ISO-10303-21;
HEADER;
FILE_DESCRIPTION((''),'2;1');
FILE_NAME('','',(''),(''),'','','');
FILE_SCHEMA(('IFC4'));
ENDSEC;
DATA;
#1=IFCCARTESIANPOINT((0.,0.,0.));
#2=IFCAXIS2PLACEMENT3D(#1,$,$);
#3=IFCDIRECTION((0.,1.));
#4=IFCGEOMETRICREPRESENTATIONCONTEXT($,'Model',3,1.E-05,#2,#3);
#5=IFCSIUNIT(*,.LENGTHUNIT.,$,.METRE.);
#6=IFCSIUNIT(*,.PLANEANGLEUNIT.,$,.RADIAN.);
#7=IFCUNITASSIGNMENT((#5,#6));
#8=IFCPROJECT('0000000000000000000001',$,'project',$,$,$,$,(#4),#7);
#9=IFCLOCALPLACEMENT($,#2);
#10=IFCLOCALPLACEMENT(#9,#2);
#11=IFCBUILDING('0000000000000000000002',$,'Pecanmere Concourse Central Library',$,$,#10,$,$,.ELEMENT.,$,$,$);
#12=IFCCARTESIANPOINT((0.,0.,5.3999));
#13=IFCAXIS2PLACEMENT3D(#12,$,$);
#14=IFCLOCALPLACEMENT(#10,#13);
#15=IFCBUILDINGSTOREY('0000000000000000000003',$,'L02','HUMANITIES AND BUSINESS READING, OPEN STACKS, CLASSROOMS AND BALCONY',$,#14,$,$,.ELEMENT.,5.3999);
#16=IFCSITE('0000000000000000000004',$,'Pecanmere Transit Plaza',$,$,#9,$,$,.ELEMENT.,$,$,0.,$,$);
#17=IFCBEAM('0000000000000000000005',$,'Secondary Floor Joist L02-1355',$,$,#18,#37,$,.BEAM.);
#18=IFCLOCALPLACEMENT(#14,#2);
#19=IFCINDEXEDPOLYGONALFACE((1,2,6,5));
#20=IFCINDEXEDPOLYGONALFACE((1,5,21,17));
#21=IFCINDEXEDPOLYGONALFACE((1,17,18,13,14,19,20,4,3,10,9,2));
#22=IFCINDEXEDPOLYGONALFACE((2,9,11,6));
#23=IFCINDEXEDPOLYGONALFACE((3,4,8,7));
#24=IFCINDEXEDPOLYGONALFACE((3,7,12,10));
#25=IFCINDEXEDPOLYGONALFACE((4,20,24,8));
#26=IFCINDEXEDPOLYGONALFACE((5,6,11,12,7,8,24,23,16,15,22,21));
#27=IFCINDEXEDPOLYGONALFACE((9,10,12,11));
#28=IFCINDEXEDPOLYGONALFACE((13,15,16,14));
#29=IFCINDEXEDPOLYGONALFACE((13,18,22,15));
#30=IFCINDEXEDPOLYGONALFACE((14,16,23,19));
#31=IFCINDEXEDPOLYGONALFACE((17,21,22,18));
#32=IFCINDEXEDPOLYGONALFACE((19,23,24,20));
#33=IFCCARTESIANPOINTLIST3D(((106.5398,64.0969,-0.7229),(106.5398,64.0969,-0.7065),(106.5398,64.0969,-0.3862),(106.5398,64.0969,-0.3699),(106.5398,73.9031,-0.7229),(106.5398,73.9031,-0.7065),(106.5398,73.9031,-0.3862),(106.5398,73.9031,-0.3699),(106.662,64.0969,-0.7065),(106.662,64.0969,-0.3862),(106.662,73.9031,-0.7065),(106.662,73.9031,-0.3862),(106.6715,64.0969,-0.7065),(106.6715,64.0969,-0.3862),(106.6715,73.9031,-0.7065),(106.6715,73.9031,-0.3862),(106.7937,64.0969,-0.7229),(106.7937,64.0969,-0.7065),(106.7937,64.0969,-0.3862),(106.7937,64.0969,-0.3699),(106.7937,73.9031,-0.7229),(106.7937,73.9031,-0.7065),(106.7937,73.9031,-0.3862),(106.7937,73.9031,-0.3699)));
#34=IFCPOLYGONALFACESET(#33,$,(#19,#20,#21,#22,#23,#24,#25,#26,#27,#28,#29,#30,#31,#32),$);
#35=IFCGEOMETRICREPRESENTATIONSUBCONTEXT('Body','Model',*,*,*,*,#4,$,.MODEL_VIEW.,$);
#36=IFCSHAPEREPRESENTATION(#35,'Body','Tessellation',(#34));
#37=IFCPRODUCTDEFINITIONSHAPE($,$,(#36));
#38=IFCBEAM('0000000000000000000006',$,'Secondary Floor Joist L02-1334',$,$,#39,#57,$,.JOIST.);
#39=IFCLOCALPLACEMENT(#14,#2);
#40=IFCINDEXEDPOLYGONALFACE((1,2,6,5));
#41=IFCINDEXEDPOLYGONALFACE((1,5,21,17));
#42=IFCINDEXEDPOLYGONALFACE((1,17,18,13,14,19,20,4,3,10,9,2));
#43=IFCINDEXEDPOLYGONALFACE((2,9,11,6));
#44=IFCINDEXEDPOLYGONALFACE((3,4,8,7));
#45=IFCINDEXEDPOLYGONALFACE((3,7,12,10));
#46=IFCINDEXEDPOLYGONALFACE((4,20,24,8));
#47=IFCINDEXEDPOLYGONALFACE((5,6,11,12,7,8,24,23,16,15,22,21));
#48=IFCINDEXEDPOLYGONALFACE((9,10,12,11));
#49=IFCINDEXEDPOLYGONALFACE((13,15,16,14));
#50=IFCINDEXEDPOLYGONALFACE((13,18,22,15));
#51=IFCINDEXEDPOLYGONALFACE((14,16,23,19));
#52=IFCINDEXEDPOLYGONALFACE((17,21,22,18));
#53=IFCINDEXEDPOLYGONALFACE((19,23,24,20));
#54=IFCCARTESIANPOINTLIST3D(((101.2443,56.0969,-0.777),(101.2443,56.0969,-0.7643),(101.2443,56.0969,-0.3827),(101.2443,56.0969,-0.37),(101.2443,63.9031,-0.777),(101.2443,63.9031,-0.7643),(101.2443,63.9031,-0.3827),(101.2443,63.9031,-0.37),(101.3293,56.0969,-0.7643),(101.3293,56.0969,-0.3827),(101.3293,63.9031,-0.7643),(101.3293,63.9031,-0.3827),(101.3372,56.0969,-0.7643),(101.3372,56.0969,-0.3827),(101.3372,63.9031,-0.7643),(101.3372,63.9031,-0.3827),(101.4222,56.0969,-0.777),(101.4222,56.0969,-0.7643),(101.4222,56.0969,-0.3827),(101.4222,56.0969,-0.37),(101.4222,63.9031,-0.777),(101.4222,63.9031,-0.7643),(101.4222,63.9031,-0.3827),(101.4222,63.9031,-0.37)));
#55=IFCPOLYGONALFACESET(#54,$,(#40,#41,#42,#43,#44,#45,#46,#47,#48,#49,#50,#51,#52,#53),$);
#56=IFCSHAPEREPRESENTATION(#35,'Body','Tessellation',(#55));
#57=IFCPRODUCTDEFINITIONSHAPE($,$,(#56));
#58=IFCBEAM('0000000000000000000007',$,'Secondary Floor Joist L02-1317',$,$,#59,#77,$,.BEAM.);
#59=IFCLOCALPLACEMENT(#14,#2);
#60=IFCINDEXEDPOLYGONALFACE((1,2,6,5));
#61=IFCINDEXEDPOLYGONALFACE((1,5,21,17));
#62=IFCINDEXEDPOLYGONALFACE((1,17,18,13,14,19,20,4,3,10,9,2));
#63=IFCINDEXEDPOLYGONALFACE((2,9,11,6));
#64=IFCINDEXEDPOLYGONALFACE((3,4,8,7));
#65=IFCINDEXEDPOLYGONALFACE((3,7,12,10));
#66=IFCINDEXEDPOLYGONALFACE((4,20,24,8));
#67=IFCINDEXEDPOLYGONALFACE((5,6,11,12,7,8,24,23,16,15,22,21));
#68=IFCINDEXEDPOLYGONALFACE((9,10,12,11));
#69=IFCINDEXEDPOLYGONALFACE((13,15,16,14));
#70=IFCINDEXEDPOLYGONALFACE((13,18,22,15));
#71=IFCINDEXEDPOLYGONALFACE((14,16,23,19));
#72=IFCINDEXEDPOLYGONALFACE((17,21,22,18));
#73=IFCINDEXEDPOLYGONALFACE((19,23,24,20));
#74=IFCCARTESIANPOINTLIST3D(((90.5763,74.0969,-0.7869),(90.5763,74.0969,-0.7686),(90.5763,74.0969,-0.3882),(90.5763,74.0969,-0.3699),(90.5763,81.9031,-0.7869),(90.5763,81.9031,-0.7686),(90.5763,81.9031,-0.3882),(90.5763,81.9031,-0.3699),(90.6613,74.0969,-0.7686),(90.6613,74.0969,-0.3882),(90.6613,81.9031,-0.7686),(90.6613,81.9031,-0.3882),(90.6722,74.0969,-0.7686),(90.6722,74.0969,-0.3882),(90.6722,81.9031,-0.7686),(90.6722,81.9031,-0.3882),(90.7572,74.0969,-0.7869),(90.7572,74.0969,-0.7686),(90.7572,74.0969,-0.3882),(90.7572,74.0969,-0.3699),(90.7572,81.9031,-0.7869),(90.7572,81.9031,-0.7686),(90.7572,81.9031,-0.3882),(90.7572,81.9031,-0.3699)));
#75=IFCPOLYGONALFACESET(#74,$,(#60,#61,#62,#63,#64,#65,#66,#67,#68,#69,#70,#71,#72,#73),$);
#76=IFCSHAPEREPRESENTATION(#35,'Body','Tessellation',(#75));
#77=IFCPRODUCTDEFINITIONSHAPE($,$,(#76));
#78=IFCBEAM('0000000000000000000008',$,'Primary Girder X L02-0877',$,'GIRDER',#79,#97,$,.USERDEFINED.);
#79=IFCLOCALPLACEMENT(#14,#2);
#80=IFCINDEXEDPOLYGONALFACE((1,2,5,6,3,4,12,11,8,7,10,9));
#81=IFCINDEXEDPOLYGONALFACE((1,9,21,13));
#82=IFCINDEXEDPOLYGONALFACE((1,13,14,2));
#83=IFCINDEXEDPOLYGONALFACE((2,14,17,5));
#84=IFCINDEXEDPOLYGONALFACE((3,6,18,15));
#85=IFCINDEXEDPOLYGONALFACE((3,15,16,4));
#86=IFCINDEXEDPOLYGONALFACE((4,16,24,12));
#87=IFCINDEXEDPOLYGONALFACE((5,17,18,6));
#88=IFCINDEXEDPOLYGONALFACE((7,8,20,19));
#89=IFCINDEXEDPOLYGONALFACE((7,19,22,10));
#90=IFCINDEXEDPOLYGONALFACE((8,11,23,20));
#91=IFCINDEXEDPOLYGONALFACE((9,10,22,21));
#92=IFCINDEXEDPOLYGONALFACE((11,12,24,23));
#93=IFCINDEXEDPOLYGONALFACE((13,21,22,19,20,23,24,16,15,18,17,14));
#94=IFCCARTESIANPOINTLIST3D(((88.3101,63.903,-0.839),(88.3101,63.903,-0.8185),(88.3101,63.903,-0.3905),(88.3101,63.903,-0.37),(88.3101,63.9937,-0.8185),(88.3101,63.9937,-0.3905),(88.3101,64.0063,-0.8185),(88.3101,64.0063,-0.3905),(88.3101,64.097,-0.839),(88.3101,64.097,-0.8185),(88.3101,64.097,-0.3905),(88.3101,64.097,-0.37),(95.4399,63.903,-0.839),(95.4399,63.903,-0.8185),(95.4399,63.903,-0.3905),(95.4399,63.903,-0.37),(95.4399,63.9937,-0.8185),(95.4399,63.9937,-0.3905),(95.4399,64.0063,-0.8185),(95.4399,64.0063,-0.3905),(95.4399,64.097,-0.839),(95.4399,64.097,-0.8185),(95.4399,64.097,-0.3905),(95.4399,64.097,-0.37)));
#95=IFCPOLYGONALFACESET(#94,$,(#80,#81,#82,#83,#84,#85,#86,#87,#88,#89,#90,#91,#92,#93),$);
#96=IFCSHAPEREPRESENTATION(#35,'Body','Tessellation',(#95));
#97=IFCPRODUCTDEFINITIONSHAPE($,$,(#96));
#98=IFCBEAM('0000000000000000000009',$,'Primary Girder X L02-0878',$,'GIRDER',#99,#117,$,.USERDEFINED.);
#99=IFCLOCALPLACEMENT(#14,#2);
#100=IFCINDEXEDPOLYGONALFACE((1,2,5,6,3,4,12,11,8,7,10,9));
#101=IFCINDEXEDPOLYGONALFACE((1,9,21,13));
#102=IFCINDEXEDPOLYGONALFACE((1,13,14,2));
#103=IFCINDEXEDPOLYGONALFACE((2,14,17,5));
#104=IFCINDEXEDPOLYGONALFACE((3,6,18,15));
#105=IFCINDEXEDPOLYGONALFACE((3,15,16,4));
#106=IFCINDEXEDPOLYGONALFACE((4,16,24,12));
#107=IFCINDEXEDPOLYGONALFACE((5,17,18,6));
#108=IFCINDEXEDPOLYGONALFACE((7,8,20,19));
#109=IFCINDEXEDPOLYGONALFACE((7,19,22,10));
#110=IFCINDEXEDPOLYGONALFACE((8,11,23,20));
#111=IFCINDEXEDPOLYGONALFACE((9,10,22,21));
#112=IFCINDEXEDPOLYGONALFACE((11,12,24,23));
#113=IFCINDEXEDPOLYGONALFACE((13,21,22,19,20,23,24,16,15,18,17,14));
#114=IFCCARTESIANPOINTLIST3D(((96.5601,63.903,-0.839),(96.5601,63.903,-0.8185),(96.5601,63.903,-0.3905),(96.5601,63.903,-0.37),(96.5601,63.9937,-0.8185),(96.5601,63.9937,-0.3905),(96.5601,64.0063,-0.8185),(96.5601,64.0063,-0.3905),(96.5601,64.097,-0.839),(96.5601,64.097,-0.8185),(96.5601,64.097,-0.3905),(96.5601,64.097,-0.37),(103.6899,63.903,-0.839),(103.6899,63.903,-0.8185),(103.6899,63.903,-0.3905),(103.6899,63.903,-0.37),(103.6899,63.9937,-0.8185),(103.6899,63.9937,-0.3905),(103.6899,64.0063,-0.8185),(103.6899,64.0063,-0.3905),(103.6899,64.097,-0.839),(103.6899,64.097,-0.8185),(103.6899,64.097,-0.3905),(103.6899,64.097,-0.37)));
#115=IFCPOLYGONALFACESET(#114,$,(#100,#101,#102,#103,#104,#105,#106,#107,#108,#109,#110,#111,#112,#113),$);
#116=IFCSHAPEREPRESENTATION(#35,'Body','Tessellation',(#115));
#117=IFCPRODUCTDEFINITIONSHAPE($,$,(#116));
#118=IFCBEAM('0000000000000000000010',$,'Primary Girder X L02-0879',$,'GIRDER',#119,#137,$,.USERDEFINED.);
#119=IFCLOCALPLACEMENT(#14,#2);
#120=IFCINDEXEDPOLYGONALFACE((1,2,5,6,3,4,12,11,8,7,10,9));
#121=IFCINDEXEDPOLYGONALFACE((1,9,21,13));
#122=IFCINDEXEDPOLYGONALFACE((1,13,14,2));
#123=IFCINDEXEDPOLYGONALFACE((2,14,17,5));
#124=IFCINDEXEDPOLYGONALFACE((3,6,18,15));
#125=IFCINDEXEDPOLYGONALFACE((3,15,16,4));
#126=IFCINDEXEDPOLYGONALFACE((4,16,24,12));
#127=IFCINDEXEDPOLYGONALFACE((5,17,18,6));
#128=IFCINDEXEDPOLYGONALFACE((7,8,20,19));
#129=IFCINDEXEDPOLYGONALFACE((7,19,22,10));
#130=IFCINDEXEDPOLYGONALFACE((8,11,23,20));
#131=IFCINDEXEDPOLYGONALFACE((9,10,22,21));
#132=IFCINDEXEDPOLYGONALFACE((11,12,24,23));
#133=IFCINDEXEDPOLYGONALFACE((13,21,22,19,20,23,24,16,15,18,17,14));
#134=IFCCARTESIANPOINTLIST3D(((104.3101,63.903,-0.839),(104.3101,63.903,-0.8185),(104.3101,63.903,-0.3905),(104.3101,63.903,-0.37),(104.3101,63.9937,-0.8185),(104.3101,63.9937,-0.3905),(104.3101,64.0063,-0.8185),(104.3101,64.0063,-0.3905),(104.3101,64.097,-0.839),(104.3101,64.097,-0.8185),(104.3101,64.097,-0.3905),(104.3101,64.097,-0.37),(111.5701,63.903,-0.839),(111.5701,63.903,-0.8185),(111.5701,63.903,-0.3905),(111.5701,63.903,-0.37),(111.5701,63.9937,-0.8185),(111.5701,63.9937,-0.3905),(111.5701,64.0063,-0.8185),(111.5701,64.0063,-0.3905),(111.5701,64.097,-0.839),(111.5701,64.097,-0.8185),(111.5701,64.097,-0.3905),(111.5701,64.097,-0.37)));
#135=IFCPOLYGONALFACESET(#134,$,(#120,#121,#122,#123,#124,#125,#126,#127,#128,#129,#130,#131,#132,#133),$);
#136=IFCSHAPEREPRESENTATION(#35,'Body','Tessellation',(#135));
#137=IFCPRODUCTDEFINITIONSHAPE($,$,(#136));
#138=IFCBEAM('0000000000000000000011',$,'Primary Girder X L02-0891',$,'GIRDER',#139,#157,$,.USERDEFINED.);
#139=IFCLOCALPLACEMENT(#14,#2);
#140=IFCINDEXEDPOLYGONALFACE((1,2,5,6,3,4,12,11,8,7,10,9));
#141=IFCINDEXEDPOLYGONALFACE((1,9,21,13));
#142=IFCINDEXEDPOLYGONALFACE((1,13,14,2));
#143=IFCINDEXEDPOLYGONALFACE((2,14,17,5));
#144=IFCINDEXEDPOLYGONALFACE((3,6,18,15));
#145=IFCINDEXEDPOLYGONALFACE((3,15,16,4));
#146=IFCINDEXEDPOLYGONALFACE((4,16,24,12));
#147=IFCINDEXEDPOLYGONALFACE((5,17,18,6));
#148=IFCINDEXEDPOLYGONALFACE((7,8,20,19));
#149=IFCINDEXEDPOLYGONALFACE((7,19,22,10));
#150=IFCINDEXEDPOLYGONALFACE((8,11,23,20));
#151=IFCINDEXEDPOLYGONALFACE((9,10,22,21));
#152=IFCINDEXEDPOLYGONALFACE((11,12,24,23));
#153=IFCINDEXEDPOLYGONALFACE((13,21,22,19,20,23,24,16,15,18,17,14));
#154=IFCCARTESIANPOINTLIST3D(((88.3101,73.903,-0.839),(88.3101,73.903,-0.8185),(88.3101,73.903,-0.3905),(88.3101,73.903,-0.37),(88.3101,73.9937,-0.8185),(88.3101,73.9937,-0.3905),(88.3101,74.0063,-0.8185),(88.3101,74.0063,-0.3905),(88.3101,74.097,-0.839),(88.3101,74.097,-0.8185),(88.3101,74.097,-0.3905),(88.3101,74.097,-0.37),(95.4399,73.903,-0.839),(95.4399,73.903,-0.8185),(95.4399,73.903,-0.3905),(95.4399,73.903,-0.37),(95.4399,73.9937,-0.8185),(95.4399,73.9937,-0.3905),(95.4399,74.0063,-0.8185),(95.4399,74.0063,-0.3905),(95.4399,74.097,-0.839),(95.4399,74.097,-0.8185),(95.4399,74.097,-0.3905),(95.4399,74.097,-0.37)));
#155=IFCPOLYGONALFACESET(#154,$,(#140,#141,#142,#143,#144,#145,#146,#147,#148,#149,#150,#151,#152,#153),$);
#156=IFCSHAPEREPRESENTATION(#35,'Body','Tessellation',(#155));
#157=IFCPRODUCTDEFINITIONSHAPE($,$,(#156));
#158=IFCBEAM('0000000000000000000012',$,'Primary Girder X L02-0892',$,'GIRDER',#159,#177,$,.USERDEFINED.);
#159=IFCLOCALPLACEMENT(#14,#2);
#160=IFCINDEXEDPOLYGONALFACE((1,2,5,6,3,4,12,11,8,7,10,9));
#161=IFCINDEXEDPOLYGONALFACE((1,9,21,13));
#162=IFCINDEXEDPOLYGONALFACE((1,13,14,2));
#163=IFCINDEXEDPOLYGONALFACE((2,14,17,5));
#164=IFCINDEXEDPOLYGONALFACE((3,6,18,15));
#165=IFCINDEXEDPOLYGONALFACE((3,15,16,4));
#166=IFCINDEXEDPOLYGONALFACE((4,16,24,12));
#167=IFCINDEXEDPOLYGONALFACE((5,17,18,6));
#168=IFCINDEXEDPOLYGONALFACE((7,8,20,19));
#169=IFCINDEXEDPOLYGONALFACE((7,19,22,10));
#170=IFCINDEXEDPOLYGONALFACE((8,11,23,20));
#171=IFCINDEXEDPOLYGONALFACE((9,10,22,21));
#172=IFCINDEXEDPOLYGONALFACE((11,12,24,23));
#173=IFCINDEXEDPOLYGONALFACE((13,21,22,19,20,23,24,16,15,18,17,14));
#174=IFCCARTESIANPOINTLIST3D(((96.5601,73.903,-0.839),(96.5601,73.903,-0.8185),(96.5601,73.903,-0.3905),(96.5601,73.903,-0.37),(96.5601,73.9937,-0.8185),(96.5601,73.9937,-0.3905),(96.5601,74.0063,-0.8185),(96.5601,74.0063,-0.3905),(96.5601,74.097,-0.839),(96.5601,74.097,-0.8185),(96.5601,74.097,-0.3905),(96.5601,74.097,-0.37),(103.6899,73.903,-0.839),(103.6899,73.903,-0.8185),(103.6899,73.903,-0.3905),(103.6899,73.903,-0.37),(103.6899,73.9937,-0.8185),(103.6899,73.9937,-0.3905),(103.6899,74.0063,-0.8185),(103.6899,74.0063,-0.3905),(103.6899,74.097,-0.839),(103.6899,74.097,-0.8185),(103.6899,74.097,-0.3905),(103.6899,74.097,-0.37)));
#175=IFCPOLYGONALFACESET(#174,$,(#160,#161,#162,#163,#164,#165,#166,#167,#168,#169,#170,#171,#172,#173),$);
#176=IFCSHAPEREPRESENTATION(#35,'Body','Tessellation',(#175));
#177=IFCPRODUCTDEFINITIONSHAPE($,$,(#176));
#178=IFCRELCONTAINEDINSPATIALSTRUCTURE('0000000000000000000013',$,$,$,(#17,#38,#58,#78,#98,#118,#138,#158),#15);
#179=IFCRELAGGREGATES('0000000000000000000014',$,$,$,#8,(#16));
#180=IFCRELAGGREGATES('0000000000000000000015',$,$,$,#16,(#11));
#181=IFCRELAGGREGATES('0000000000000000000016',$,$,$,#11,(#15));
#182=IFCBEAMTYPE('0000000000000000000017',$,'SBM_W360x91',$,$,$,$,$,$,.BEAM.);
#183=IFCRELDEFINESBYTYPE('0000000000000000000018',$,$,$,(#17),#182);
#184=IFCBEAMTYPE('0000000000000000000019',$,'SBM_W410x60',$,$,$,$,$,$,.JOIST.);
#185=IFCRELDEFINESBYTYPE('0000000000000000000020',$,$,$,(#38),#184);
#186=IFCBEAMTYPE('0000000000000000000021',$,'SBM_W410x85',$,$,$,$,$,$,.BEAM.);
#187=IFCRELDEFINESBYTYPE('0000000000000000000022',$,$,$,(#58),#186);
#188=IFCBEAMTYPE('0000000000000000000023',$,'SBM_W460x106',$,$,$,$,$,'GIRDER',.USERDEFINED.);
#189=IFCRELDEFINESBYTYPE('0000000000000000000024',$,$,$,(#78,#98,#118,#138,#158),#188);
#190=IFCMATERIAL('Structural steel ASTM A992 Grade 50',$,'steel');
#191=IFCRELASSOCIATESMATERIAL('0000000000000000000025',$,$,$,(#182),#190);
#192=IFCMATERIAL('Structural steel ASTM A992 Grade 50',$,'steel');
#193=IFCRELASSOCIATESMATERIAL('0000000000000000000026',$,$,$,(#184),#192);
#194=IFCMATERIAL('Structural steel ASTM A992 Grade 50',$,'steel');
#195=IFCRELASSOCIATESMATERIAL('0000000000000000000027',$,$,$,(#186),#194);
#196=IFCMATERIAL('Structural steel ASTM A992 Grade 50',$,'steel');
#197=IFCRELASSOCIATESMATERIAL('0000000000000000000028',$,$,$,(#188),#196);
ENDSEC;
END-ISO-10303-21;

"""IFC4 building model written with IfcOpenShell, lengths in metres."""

from ifc_helpers import new_model, si_unit, direction, frame, origin, origin_2d, place, context, subcontext, project, spatial, i_section, extrude, material, material_profile, profile_set, type_object, element, save


model = new_model("IFC4")

# Units and contexts
model_context = context("Model", 3, precision=1e-05, world=origin(), true_north=direction((0.0, 1.0)))
body_context = subcontext(model_context, "Body", "Model", "MODEL_VIEW")
ifc_project = project(units=[si_unit("LENGTHUNIT", "METRE"), si_unit("PLANEANGLEUNIT", "RADIAN")], contexts=[model_context])

# Site, building, storey
site_placement = place(None, origin())
site = spatial("IfcSite", under=ifc_project, at=site_placement, Name="Pecanmere Transit Plaza", CompositionType="ELEMENT", RefElevation=0.0)
building_placement = place(site_placement, origin())
building = spatial("IfcBuilding", under=site, at=building_placement, Name="Pecanmere Concourse Central Library", CompositionType="ELEMENT")
storey_placement = place(building_placement, frame((0.0, 0.0, 5.3999)))
storey = spatial("IfcBuildingStorey", under=building, at=storey_placement, Name="L02", Description="HUMANITIES AND BUSINESS READING, OPEN STACKS, CLASSROOMS AND BALCONY", CompositionType="ELEMENT", Elevation=5.3999)

# Beams
ifc_material_1 = material(Name="Structural steel ASTM A992 Grade 50", Category="steel")
ifc_material_profile_1 = material_profile(ifc_material_1, i_section(OverallWidth=0.2539, OverallDepth=0.353, WebThickness=0.0095, FlangeThickness=0.0164, at=origin_2d()), Name="W360x91")
ifc_profile_set_1 = profile_set([ifc_material_profile_1], Name="Structural steel ASTM A992 Grade 50")
beam_type_1 = type_object("IfcBeamType", Name="SBM_W360x91", PredefinedType="BEAM", material=ifc_profile_set_1)
beam_1_placement = place(storey_placement, frame((106.6667, 64.0969, -0.5464), z_axis=(0.0, 1.0, 0.0), x_axis=(-1.0, 0.0, 0.0)))
element("IfcBeam", 1, at=beam_1_placement, inside=storey, type_object=beam_type_1, Name="Secondary Floor Joist L02-1355", PredefinedType="BEAM", context=body_context, shape_type="SweptSolid", body=[
    extrude(i_section(OverallWidth=0.2539, OverallDepth=0.353, WebThickness=0.0095, FlangeThickness=0.0164, at=origin_2d()), origin(), (0.0, 0.0, 1.0), 9.8062),
])
ifc_material_2 = material(Name="Structural steel ASTM A992 Grade 50", Category="steel")
ifc_material_profile_2 = material_profile(ifc_material_2, i_section(OverallWidth=0.178, OverallDepth=0.407, WebThickness=0.0078, FlangeThickness=0.0127, at=origin_2d()), Name="W410x60")
ifc_profile_set_2 = profile_set([ifc_material_profile_2], Name="Structural steel ASTM A992 Grade 50")
beam_type_2 = type_object("IfcBeamType", Name="SBM_W410x60", PredefinedType="JOIST", material=ifc_profile_set_2)
beam_2_placement = place(storey_placement, frame((101.3333, 56.0969, -0.5735), z_axis=(0.0, 1.0, 0.0), x_axis=(-1.0, 0.0, 0.0)))
element("IfcBeam", 2, at=beam_2_placement, inside=storey, type_object=beam_type_2, Name="Secondary Floor Joist L02-1334", PredefinedType="JOIST", context=body_context, shape_type="SweptSolid", body=[
    extrude(i_section(OverallWidth=0.178, OverallDepth=0.407, WebThickness=0.0078, FlangeThickness=0.0127, at=origin_2d()), origin(), (0.0, 0.0, 1.0), 7.8062),
])
ifc_material_3 = material(Name="Structural steel ASTM A992 Grade 50", Category="steel")
ifc_material_profile_3 = material_profile(ifc_material_3, i_section(OverallWidth=0.1809, OverallDepth=0.417, WebThickness=0.011, FlangeThickness=0.0183, at=origin_2d()), Name="W410x85")
ifc_profile_set_3 = profile_set([ifc_material_profile_3], Name="Structural steel ASTM A992 Grade 50")
beam_type_3 = type_object("IfcBeamType", Name="SBM_W410x85", PredefinedType="BEAM", material=ifc_profile_set_3)
beam_3_placement = place(storey_placement, frame((90.6667, 74.0969, -0.5784), z_axis=(0.0, 1.0, 0.0), x_axis=(-1.0, 0.0, 0.0)))
element("IfcBeam", 3, at=beam_3_placement, inside=storey, type_object=beam_type_3, Name="Secondary Floor Joist L02-1317", PredefinedType="BEAM", context=body_context, shape_type="SweptSolid", body=[
    extrude(i_section(OverallWidth=0.1809, OverallDepth=0.417, WebThickness=0.011, FlangeThickness=0.0183, at=origin_2d()), origin(), (0.0, 0.0, 1.0), 7.8062),
])
ifc_material_4 = material(Name="Structural steel ASTM A992 Grade 50", Category="steel")
ifc_material_profile_4 = material_profile(ifc_material_4, i_section(OverallWidth=0.1941, OverallDepth=0.469, WebThickness=0.0127, FlangeThickness=0.0205, at=origin_2d()), Name="W460x106")
ifc_profile_set_4 = profile_set([ifc_material_profile_4], Name="Structural steel ASTM A992 Grade 50")
beam_type_4 = type_object("IfcBeamType", Name="SBM_W460x106", ElementType="GIRDER", PredefinedType="USERDEFINED", material=ifc_profile_set_4)
for number, where, z_axis, x_axis, name in (
    (4, (88.3101, 64.0, -0.6045), (1.0, 0.0, 0.0), (0.0, 1.0, 0.0), "Primary Girder X L02-0877"),
    (5, (96.5601, 64.0, -0.6045), (1.0, 0.0, 0.0), (0.0, 1.0, 0.0), "Primary Girder X L02-0878"),
):
    element("IfcBeam", number, at=place(storey_placement, frame(where, z_axis=z_axis, x_axis=x_axis)), inside=storey, type_object=beam_type_4, Name=name, ObjectType="GIRDER", PredefinedType="USERDEFINED", context=body_context, shape_type="SweptSolid", body=[
        extrude(i_section(OverallWidth=0.1941, OverallDepth=0.469, WebThickness=0.0127, FlangeThickness=0.0205, at=origin_2d()), origin(), (0.0, 0.0, 1.0), 7.1299),
    ])
beam_4_placement = place(storey_placement, frame((104.3101, 64.0, -0.6045), z_axis=(1.0, 0.0, 0.0), x_axis=(0.0, 1.0, 0.0)))
element("IfcBeam", 6, at=beam_4_placement, inside=storey, type_object=beam_type_4, Name="Primary Girder X L02-0879", ObjectType="GIRDER", PredefinedType="USERDEFINED", context=body_context, shape_type="SweptSolid", body=[
    extrude(i_section(OverallWidth=0.1941, OverallDepth=0.469, WebThickness=0.0127, FlangeThickness=0.0205, at=origin_2d()), origin(), (0.0, 0.0, 1.0), 7.26),
])
for number, where, z_axis, x_axis, name in (
    (7, (88.3101, 74.0, -0.6045), (1.0, 0.0, 0.0), (0.0, 1.0, 0.0), "Primary Girder X L02-0891"),
    (8, (96.5601, 74.0, -0.6045), (1.0, 0.0, 0.0), (0.0, 1.0, 0.0), "Primary Girder X L02-0892"),
):
    element("IfcBeam", number, at=place(storey_placement, frame(where, z_axis=z_axis, x_axis=x_axis)), inside=storey, type_object=beam_type_4, Name=name, ObjectType="GIRDER", PredefinedType="USERDEFINED", context=body_context, shape_type="SweptSolid", body=[
        extrude(i_section(OverallWidth=0.1941, OverallDepth=0.469, WebThickness=0.0127, FlangeThickness=0.0205, at=origin_2d()), origin(), (0.0, 0.0, 1.0), 7.1299),
    ])

save(model, "model.ifc")
